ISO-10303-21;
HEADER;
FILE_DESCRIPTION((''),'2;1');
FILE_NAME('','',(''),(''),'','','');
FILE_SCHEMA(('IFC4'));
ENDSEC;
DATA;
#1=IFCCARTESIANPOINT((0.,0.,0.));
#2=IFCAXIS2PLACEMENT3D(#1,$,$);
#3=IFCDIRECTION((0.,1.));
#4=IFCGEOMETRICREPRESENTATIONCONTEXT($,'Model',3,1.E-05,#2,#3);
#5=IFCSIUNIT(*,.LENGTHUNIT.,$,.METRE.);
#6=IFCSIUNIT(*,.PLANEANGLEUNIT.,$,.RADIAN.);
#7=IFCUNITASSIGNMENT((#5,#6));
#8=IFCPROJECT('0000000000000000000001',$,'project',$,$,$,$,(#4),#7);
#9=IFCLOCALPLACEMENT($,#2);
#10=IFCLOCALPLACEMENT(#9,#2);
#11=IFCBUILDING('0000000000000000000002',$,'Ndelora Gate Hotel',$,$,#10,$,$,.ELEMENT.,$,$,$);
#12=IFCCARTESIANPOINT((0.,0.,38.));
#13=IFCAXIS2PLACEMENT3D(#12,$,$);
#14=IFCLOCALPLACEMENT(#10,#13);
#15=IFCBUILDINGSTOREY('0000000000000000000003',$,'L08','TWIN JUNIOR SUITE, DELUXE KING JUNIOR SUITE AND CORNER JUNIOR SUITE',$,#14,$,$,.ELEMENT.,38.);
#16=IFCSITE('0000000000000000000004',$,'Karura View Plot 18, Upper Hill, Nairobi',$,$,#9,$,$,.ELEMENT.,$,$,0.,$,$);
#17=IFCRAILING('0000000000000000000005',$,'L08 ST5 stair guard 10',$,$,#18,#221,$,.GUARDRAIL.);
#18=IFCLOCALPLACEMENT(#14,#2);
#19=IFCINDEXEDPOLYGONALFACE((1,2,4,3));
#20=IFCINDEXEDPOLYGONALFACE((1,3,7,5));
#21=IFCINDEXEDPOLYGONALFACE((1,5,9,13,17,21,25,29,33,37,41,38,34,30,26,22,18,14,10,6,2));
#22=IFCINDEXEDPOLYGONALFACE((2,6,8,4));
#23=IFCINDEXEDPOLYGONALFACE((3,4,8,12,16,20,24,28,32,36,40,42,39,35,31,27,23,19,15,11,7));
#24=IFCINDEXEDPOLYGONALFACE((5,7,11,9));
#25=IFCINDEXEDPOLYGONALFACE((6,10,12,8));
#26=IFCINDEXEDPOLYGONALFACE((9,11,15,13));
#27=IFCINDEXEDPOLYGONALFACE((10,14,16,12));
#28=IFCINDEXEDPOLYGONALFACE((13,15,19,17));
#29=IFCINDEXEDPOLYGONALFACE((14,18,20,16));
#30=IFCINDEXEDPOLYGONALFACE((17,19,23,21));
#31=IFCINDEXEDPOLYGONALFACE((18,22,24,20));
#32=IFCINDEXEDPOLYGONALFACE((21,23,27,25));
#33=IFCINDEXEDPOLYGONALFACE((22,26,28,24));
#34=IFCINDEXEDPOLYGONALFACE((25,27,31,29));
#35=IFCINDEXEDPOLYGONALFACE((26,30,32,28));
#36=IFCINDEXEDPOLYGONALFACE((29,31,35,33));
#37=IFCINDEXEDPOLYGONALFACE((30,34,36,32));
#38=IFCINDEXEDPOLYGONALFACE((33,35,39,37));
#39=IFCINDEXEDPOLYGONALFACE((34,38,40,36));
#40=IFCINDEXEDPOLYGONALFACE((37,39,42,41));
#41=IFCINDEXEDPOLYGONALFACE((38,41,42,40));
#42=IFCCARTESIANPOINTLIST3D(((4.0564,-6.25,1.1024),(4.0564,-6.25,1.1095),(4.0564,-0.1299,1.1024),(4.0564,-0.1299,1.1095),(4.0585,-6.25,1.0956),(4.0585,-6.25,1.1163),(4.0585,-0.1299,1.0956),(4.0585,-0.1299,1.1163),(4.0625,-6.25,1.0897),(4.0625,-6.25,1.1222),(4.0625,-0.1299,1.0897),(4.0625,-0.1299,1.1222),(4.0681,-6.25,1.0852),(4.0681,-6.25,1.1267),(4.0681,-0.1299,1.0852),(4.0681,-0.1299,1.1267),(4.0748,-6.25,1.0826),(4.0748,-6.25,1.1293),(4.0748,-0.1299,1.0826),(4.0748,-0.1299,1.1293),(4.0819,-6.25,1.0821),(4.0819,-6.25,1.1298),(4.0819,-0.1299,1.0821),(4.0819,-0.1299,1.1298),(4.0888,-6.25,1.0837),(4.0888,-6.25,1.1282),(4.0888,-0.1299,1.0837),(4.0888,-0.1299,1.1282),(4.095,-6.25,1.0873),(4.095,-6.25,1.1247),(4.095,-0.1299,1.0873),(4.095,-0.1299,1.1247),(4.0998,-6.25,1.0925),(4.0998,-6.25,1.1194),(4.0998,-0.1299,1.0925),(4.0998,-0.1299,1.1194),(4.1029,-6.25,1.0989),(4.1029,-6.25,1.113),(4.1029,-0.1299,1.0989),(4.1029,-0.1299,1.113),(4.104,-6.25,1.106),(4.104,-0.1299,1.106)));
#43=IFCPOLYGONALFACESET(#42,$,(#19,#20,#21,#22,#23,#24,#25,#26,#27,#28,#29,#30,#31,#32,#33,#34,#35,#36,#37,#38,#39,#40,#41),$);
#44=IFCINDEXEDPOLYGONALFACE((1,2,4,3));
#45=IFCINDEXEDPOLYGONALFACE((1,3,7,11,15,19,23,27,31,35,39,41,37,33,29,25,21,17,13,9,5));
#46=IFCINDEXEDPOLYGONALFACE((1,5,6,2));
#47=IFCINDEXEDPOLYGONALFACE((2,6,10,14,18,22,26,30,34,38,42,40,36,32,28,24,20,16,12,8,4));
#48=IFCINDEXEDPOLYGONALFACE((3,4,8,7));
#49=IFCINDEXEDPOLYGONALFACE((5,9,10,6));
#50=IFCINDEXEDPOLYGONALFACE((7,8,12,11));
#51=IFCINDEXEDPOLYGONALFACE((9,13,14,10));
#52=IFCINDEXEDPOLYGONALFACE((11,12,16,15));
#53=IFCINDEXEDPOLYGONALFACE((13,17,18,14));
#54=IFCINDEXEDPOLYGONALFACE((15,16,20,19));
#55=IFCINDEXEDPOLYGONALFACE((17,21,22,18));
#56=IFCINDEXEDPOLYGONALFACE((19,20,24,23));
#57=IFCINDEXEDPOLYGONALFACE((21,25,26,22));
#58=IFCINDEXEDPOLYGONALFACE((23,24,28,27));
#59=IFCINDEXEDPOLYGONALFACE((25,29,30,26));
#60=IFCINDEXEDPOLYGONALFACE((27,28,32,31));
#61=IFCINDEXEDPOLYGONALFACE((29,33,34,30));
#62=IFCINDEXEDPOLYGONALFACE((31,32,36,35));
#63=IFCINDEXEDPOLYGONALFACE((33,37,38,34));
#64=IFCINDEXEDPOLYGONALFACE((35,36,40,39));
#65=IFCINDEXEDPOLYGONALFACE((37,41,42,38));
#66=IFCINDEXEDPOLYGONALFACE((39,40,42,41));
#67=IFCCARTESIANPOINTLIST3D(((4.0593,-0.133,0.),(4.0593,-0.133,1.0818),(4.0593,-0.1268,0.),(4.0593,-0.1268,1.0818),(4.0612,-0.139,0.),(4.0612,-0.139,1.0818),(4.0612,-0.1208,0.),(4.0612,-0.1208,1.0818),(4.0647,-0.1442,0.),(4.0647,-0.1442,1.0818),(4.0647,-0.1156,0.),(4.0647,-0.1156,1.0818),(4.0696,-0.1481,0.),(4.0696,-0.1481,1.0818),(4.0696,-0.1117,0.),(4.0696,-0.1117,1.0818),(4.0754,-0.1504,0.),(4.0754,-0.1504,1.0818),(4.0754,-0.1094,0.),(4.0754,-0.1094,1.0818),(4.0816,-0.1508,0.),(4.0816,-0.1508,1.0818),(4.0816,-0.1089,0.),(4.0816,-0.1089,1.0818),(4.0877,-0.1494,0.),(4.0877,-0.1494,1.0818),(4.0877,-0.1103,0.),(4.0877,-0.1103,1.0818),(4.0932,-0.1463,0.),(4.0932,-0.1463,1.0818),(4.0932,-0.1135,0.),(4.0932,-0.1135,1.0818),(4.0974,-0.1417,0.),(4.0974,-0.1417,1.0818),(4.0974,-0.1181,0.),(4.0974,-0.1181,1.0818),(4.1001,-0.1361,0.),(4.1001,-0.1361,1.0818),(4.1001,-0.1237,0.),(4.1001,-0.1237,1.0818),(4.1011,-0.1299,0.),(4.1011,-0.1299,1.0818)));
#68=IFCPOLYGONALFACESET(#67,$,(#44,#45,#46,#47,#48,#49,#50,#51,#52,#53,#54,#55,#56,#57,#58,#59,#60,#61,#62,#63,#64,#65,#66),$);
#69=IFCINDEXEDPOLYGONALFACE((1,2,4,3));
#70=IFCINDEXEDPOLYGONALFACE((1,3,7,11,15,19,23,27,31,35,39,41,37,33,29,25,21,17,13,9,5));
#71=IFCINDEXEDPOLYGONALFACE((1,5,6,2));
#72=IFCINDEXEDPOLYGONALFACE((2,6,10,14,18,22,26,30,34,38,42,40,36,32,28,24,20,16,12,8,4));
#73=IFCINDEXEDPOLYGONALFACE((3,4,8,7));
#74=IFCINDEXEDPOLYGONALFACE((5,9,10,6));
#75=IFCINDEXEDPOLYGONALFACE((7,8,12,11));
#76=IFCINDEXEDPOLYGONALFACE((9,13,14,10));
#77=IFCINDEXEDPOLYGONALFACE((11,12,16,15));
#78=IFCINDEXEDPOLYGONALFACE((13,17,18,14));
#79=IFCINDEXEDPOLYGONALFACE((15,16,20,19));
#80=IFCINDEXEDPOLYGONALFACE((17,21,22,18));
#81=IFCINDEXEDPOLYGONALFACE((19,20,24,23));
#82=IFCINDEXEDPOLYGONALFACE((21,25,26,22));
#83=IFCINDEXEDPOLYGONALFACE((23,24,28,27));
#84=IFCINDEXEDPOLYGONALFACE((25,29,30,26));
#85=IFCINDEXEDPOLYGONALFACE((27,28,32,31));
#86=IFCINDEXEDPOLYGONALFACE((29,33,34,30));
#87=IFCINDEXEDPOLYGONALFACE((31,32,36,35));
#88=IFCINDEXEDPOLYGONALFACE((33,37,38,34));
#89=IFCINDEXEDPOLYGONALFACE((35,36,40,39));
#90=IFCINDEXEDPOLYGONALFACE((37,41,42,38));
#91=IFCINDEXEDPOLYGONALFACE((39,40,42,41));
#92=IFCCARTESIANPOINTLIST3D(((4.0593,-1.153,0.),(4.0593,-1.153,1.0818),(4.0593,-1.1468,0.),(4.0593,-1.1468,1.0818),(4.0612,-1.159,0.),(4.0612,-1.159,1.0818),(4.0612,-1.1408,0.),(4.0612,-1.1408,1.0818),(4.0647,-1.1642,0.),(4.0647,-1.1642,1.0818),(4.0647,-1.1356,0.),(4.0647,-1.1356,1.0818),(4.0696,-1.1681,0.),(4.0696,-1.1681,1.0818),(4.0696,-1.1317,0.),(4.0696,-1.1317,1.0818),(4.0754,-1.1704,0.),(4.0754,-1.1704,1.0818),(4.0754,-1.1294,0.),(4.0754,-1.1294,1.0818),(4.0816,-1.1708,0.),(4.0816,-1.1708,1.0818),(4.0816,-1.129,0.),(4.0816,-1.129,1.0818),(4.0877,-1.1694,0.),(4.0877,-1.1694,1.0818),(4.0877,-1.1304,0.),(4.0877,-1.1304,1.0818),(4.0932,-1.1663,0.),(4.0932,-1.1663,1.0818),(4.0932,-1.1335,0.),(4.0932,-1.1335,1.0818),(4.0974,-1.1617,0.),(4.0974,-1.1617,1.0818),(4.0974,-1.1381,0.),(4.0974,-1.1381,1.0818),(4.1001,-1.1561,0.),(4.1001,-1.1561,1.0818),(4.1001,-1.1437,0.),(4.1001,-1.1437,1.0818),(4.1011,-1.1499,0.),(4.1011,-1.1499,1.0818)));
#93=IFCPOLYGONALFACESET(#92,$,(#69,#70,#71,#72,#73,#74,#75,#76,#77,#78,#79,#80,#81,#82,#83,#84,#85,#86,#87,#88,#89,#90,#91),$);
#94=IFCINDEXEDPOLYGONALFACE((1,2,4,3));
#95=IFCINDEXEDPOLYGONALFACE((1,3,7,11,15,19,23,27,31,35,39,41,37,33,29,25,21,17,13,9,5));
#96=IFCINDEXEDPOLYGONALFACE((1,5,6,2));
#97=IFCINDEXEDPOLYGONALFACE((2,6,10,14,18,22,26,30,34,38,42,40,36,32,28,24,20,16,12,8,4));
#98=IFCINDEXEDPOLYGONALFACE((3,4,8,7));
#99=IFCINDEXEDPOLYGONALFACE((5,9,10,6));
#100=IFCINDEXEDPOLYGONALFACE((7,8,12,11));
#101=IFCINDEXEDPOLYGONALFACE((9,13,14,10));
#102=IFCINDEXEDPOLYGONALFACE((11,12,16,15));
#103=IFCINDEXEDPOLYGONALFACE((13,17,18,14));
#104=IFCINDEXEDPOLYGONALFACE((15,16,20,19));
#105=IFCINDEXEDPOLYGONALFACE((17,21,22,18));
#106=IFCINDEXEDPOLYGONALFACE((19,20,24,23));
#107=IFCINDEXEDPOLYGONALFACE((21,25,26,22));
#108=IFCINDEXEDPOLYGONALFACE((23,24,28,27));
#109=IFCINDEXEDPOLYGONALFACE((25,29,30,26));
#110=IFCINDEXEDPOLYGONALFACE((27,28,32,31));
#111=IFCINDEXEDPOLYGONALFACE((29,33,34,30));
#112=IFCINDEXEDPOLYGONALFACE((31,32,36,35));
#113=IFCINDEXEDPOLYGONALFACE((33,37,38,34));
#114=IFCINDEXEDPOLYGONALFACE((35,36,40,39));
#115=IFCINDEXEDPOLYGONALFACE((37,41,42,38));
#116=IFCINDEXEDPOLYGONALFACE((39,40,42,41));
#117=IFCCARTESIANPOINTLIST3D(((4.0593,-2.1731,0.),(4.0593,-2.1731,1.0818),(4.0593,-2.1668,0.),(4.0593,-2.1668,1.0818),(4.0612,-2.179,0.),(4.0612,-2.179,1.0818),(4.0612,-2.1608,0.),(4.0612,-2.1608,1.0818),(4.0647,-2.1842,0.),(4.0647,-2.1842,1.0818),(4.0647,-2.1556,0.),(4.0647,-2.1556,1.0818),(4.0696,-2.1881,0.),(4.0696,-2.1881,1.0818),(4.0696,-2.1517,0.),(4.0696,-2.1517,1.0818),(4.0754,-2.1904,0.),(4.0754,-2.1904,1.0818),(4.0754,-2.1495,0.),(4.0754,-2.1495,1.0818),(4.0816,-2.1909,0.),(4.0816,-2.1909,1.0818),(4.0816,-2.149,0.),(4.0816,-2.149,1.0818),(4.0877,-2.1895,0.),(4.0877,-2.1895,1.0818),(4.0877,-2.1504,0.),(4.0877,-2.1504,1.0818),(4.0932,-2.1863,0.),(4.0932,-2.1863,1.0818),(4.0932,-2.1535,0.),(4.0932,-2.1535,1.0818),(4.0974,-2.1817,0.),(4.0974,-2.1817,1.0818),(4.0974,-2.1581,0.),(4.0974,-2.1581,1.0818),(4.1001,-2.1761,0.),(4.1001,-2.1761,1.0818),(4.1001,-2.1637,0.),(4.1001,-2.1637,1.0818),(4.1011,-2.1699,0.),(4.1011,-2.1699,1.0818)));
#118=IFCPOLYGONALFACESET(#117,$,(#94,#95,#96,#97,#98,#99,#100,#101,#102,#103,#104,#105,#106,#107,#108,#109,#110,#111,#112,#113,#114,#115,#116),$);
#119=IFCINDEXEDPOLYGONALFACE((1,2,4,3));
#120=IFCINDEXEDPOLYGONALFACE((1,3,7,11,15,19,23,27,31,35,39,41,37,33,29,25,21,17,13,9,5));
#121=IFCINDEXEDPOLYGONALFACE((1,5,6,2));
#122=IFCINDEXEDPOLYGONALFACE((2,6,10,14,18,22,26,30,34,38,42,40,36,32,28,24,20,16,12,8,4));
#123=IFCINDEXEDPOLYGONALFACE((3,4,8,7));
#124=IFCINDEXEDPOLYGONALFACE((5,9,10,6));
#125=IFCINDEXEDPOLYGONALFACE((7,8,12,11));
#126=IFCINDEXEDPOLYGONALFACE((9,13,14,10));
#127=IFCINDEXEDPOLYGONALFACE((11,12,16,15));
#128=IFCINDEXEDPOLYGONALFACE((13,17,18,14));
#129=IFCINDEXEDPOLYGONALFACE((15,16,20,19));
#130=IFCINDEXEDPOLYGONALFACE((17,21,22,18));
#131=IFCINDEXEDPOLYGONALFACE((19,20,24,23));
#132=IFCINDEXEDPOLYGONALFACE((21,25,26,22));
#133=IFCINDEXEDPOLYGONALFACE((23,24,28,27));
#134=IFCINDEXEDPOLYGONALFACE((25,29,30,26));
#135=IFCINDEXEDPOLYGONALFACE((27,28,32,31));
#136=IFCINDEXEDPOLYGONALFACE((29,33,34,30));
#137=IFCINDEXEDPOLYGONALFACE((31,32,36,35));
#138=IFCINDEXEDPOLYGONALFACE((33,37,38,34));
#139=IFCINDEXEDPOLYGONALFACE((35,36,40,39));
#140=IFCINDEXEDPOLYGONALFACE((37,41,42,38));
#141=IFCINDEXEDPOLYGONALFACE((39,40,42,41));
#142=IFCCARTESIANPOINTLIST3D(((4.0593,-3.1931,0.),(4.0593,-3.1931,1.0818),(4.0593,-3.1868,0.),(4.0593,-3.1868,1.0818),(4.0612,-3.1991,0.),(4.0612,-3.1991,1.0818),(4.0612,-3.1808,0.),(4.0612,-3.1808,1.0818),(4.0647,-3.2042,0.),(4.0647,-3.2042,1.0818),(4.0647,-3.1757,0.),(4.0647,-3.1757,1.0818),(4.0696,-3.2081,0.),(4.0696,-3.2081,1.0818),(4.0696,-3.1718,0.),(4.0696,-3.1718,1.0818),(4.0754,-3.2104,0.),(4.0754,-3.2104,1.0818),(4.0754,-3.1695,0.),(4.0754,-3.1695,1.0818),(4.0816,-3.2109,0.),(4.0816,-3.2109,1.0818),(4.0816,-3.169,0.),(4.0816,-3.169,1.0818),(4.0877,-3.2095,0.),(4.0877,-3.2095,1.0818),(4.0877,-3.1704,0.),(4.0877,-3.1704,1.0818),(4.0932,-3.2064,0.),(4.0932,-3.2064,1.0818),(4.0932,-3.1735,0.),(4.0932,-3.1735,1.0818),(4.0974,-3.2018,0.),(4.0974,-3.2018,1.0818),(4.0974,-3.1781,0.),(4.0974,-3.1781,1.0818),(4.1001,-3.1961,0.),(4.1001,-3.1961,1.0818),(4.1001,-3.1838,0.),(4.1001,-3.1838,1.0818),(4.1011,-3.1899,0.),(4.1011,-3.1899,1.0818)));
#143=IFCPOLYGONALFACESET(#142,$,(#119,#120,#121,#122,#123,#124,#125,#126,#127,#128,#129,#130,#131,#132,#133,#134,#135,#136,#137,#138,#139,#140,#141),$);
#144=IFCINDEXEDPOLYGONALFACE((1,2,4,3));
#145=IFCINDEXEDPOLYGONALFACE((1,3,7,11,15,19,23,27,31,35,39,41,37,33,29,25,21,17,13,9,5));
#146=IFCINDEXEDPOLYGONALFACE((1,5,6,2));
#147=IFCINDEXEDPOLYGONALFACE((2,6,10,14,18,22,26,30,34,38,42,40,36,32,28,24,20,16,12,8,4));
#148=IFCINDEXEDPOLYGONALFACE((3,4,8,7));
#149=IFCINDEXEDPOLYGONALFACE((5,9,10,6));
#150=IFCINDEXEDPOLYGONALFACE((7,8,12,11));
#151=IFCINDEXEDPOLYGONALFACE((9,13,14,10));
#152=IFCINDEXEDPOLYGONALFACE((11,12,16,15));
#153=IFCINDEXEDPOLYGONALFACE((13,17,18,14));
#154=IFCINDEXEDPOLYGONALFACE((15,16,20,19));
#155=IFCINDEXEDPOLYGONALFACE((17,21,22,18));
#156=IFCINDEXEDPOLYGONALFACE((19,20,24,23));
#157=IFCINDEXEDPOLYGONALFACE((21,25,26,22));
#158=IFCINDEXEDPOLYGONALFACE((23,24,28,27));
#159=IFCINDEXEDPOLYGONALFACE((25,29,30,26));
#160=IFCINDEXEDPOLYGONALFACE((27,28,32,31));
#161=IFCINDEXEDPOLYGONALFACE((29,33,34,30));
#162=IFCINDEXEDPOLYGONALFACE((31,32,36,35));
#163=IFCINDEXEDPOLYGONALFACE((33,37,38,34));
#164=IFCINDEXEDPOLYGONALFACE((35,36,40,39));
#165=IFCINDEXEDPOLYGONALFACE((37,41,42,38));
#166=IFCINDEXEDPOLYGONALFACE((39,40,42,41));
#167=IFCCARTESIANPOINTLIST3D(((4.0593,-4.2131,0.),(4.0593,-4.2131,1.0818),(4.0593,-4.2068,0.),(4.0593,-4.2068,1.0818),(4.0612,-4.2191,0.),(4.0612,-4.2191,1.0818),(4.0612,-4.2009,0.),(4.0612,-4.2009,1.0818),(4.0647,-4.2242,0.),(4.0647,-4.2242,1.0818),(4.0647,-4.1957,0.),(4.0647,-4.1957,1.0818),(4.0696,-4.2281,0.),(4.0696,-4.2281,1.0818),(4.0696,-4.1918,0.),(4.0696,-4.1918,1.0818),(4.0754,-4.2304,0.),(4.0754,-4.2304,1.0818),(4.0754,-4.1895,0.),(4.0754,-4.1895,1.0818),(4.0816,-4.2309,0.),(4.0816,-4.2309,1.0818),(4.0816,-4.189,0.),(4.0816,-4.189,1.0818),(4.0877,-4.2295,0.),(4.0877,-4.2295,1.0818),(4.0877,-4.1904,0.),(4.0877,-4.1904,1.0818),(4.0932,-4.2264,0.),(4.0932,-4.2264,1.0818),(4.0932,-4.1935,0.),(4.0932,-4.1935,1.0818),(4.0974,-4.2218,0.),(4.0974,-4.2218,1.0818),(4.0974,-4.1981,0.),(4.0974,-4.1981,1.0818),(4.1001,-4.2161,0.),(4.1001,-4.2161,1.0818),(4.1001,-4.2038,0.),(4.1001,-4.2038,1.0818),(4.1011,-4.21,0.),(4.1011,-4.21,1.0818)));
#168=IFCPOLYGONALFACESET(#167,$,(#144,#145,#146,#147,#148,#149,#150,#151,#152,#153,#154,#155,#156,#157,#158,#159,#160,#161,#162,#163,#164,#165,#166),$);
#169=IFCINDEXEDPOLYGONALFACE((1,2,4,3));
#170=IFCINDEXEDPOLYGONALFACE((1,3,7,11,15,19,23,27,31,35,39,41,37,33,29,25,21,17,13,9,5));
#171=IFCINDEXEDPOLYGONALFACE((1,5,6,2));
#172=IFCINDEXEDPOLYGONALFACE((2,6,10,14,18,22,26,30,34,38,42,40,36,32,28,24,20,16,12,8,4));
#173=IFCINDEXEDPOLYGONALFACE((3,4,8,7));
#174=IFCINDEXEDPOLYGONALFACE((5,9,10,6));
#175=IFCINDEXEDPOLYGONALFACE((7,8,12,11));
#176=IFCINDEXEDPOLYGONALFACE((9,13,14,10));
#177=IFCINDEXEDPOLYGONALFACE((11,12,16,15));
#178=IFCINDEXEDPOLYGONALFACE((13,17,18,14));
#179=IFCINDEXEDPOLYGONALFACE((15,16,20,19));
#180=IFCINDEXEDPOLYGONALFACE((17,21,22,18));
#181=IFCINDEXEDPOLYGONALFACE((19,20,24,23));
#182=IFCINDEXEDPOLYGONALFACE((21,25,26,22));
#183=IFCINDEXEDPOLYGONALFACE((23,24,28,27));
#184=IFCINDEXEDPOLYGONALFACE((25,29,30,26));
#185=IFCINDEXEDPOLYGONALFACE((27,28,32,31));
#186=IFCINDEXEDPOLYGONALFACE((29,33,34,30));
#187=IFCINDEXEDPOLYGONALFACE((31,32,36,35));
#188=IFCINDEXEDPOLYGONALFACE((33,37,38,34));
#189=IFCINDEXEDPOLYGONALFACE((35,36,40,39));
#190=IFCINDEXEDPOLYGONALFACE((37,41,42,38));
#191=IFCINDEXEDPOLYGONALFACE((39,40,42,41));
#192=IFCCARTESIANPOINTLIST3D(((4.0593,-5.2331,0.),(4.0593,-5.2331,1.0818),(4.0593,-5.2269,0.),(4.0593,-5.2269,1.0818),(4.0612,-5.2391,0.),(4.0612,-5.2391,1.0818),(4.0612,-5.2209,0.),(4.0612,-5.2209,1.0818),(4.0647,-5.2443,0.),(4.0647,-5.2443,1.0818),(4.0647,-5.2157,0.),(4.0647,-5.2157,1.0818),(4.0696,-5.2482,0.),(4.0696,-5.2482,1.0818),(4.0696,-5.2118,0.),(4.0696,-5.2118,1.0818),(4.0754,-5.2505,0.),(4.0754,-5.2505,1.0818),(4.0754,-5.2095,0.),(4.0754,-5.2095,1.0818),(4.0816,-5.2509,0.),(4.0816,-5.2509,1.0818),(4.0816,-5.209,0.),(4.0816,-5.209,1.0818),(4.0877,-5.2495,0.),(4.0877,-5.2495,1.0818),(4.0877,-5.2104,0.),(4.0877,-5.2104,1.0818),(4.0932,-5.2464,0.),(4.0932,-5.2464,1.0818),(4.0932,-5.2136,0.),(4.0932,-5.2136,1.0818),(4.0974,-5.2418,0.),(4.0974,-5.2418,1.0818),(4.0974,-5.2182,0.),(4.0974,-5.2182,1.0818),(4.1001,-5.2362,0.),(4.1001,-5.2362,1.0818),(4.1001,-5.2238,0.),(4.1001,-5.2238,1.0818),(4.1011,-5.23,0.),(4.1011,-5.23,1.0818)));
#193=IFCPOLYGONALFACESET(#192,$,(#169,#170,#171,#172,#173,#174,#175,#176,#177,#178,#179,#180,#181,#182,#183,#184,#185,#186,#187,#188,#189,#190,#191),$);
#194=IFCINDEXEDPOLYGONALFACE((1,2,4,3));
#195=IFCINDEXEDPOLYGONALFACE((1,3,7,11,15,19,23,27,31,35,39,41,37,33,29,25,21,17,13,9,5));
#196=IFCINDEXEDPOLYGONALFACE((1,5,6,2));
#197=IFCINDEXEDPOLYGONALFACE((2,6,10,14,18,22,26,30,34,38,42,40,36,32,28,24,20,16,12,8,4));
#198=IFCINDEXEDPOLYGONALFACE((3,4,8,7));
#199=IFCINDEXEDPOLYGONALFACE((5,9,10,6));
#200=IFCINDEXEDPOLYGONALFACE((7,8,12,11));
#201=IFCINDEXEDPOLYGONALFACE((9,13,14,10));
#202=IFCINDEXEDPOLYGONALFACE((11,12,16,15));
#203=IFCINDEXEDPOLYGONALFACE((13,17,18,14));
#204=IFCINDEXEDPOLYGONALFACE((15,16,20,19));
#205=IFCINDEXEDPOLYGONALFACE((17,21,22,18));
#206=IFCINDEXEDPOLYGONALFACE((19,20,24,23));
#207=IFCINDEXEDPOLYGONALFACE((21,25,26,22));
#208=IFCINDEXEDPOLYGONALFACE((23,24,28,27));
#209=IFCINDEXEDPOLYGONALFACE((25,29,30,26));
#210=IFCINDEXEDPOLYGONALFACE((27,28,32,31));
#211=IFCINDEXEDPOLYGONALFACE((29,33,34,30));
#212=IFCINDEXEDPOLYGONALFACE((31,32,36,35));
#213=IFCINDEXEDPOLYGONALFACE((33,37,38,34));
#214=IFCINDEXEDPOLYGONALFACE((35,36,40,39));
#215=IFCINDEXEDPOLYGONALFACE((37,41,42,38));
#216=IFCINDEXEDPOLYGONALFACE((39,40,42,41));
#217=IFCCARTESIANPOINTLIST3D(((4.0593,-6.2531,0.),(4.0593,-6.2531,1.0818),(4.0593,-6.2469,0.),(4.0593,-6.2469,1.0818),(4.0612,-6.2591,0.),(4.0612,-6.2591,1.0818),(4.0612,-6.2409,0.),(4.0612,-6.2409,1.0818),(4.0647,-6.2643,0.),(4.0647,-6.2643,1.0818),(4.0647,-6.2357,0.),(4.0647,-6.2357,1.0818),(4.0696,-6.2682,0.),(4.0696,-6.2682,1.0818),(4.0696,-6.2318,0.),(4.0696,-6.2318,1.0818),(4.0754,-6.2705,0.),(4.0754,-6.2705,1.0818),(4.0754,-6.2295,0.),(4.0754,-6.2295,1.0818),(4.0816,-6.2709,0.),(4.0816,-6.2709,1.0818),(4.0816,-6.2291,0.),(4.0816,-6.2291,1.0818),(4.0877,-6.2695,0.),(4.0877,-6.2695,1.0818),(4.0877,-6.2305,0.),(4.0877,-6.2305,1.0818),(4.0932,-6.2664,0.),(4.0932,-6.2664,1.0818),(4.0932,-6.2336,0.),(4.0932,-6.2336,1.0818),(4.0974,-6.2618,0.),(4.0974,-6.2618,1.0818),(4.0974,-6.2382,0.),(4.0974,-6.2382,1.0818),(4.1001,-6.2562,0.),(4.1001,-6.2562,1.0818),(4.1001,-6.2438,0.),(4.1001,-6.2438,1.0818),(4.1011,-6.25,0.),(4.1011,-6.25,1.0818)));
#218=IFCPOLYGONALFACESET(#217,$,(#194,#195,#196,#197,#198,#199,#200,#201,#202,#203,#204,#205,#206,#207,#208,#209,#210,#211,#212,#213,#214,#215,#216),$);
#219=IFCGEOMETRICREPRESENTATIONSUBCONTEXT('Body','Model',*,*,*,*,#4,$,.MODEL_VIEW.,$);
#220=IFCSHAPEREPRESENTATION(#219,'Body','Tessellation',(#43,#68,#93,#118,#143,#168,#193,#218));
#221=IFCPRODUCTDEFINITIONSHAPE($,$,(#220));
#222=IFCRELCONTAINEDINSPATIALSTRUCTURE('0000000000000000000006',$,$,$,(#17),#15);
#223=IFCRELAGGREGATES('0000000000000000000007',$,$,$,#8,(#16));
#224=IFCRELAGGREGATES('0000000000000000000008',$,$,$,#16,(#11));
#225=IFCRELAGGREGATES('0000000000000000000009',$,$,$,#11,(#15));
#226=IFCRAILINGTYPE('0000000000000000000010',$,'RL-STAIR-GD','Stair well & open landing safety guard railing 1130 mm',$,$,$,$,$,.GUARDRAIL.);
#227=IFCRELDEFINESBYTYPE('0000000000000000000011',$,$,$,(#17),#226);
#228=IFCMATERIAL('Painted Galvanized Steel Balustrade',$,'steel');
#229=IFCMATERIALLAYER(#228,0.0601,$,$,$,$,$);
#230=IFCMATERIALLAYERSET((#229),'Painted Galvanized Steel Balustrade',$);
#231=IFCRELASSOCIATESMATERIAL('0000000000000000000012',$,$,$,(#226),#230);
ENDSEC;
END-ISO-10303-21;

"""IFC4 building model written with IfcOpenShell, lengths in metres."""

from ifc_helpers import new_model, si_unit, direction, frame, origin, origin_2d, place, context, subcontext, project, spatial, circle, extrude, material, layer, layer_set, type_object, element, save


model = new_model("IFC4")

# Units and contexts
model_context = context("Model", 3, precision=1e-05, world=origin(), true_north=direction((0.0, 1.0)))
body_context = subcontext(model_context, "Body", "Model", "MODEL_VIEW")
ifc_project = project(units=[si_unit("LENGTHUNIT", "METRE"), si_unit("PLANEANGLEUNIT", "RADIAN")], contexts=[model_context])

# Site, building, storey
site_placement = place(None, origin())
site = spatial("IfcSite", under=ifc_project, at=site_placement, Name="Karura View Plot 18, Upper Hill, Nairobi", CompositionType="ELEMENT", RefElevation=0.0)
building_placement = place(site_placement, origin())
building = spatial("IfcBuilding", under=site, at=building_placement, Name="Ndelora Gate Hotel", CompositionType="ELEMENT")
storey_placement = place(building_placement, frame((0.0, 0.0, 38.0)))
storey = spatial("IfcBuildingStorey", under=building, at=storey_placement, Name="L08", Description="TWIN JUNIOR SUITE, DELUXE KING JUNIOR SUITE AND CORNER JUNIOR SUITE", CompositionType="ELEMENT", Elevation=38.0)

# Railing
ifc_material_1 = material(Name="Painted Galvanized Steel Balustrade", Category="steel")
ifc_layer_1 = layer(ifc_material_1, 0.0601)
ifc_layer_set_1 = layer_set([ifc_layer_1], Name="Painted Galvanized Steel Balustrade")
railing_type_1 = type_object("IfcRailingType", Name="RL-STAIR-GD", Description="Stair well & open landing safety guard railing 1130 mm", PredefinedType="GUARDRAIL", material=ifc_layer_set_1)
railing_1_placement = place(storey_placement, frame((4.0801, -0.1299, 0.0)))
element("IfcRailing", 1, at=railing_1_placement, inside=storey, type_object=railing_type_1, Name="L08 ST5 stair guard 10", PredefinedType="GUARDRAIL", context=body_context, shape_type="SweptSolid", body=[
    extrude(circle(Radius=0.0239, at=origin_2d()), frame((0.0, 0.0, 1.106), z_axis=(0.0, -1.0, 0.0), x_axis=(1.0, 0.0, 0.0)), (0.0, 0.0, 1.0), 6.1201),
    extrude(circle(Radius=0.021, at=origin_2d()), origin(), (0.0, 0.0, 1.0), 1.0818),
    extrude(circle(Radius=0.021, at=origin_2d()), frame((0.0, -1.02, 0.0)), (0.0, 0.0, 1.0), 1.0818),
    extrude(circle(Radius=0.021, at=origin_2d()), frame((0.0, -2.04, 0.0)), (0.0, 0.0, 1.0), 1.0818),
    extrude(circle(Radius=0.021, at=origin_2d()), frame((0.0, -3.0601, 0.0)), (0.0, 0.0, 1.0), 1.0818),
    extrude(circle(Radius=0.021, at=origin_2d()), frame((0.0, -4.0801, 0.0)), (0.0, 0.0, 1.0), 1.0818),
    extrude(circle(Radius=0.021, at=origin_2d()), frame((0.0, -5.1001, 0.0)), (0.0, 0.0, 1.0), 1.0818),
    extrude(circle(Radius=0.021, at=origin_2d()), frame((0.0, -6.1201, 0.0)), (0.0, 0.0, 1.0), 1.0818),
])

save(model, "model.ifc")
